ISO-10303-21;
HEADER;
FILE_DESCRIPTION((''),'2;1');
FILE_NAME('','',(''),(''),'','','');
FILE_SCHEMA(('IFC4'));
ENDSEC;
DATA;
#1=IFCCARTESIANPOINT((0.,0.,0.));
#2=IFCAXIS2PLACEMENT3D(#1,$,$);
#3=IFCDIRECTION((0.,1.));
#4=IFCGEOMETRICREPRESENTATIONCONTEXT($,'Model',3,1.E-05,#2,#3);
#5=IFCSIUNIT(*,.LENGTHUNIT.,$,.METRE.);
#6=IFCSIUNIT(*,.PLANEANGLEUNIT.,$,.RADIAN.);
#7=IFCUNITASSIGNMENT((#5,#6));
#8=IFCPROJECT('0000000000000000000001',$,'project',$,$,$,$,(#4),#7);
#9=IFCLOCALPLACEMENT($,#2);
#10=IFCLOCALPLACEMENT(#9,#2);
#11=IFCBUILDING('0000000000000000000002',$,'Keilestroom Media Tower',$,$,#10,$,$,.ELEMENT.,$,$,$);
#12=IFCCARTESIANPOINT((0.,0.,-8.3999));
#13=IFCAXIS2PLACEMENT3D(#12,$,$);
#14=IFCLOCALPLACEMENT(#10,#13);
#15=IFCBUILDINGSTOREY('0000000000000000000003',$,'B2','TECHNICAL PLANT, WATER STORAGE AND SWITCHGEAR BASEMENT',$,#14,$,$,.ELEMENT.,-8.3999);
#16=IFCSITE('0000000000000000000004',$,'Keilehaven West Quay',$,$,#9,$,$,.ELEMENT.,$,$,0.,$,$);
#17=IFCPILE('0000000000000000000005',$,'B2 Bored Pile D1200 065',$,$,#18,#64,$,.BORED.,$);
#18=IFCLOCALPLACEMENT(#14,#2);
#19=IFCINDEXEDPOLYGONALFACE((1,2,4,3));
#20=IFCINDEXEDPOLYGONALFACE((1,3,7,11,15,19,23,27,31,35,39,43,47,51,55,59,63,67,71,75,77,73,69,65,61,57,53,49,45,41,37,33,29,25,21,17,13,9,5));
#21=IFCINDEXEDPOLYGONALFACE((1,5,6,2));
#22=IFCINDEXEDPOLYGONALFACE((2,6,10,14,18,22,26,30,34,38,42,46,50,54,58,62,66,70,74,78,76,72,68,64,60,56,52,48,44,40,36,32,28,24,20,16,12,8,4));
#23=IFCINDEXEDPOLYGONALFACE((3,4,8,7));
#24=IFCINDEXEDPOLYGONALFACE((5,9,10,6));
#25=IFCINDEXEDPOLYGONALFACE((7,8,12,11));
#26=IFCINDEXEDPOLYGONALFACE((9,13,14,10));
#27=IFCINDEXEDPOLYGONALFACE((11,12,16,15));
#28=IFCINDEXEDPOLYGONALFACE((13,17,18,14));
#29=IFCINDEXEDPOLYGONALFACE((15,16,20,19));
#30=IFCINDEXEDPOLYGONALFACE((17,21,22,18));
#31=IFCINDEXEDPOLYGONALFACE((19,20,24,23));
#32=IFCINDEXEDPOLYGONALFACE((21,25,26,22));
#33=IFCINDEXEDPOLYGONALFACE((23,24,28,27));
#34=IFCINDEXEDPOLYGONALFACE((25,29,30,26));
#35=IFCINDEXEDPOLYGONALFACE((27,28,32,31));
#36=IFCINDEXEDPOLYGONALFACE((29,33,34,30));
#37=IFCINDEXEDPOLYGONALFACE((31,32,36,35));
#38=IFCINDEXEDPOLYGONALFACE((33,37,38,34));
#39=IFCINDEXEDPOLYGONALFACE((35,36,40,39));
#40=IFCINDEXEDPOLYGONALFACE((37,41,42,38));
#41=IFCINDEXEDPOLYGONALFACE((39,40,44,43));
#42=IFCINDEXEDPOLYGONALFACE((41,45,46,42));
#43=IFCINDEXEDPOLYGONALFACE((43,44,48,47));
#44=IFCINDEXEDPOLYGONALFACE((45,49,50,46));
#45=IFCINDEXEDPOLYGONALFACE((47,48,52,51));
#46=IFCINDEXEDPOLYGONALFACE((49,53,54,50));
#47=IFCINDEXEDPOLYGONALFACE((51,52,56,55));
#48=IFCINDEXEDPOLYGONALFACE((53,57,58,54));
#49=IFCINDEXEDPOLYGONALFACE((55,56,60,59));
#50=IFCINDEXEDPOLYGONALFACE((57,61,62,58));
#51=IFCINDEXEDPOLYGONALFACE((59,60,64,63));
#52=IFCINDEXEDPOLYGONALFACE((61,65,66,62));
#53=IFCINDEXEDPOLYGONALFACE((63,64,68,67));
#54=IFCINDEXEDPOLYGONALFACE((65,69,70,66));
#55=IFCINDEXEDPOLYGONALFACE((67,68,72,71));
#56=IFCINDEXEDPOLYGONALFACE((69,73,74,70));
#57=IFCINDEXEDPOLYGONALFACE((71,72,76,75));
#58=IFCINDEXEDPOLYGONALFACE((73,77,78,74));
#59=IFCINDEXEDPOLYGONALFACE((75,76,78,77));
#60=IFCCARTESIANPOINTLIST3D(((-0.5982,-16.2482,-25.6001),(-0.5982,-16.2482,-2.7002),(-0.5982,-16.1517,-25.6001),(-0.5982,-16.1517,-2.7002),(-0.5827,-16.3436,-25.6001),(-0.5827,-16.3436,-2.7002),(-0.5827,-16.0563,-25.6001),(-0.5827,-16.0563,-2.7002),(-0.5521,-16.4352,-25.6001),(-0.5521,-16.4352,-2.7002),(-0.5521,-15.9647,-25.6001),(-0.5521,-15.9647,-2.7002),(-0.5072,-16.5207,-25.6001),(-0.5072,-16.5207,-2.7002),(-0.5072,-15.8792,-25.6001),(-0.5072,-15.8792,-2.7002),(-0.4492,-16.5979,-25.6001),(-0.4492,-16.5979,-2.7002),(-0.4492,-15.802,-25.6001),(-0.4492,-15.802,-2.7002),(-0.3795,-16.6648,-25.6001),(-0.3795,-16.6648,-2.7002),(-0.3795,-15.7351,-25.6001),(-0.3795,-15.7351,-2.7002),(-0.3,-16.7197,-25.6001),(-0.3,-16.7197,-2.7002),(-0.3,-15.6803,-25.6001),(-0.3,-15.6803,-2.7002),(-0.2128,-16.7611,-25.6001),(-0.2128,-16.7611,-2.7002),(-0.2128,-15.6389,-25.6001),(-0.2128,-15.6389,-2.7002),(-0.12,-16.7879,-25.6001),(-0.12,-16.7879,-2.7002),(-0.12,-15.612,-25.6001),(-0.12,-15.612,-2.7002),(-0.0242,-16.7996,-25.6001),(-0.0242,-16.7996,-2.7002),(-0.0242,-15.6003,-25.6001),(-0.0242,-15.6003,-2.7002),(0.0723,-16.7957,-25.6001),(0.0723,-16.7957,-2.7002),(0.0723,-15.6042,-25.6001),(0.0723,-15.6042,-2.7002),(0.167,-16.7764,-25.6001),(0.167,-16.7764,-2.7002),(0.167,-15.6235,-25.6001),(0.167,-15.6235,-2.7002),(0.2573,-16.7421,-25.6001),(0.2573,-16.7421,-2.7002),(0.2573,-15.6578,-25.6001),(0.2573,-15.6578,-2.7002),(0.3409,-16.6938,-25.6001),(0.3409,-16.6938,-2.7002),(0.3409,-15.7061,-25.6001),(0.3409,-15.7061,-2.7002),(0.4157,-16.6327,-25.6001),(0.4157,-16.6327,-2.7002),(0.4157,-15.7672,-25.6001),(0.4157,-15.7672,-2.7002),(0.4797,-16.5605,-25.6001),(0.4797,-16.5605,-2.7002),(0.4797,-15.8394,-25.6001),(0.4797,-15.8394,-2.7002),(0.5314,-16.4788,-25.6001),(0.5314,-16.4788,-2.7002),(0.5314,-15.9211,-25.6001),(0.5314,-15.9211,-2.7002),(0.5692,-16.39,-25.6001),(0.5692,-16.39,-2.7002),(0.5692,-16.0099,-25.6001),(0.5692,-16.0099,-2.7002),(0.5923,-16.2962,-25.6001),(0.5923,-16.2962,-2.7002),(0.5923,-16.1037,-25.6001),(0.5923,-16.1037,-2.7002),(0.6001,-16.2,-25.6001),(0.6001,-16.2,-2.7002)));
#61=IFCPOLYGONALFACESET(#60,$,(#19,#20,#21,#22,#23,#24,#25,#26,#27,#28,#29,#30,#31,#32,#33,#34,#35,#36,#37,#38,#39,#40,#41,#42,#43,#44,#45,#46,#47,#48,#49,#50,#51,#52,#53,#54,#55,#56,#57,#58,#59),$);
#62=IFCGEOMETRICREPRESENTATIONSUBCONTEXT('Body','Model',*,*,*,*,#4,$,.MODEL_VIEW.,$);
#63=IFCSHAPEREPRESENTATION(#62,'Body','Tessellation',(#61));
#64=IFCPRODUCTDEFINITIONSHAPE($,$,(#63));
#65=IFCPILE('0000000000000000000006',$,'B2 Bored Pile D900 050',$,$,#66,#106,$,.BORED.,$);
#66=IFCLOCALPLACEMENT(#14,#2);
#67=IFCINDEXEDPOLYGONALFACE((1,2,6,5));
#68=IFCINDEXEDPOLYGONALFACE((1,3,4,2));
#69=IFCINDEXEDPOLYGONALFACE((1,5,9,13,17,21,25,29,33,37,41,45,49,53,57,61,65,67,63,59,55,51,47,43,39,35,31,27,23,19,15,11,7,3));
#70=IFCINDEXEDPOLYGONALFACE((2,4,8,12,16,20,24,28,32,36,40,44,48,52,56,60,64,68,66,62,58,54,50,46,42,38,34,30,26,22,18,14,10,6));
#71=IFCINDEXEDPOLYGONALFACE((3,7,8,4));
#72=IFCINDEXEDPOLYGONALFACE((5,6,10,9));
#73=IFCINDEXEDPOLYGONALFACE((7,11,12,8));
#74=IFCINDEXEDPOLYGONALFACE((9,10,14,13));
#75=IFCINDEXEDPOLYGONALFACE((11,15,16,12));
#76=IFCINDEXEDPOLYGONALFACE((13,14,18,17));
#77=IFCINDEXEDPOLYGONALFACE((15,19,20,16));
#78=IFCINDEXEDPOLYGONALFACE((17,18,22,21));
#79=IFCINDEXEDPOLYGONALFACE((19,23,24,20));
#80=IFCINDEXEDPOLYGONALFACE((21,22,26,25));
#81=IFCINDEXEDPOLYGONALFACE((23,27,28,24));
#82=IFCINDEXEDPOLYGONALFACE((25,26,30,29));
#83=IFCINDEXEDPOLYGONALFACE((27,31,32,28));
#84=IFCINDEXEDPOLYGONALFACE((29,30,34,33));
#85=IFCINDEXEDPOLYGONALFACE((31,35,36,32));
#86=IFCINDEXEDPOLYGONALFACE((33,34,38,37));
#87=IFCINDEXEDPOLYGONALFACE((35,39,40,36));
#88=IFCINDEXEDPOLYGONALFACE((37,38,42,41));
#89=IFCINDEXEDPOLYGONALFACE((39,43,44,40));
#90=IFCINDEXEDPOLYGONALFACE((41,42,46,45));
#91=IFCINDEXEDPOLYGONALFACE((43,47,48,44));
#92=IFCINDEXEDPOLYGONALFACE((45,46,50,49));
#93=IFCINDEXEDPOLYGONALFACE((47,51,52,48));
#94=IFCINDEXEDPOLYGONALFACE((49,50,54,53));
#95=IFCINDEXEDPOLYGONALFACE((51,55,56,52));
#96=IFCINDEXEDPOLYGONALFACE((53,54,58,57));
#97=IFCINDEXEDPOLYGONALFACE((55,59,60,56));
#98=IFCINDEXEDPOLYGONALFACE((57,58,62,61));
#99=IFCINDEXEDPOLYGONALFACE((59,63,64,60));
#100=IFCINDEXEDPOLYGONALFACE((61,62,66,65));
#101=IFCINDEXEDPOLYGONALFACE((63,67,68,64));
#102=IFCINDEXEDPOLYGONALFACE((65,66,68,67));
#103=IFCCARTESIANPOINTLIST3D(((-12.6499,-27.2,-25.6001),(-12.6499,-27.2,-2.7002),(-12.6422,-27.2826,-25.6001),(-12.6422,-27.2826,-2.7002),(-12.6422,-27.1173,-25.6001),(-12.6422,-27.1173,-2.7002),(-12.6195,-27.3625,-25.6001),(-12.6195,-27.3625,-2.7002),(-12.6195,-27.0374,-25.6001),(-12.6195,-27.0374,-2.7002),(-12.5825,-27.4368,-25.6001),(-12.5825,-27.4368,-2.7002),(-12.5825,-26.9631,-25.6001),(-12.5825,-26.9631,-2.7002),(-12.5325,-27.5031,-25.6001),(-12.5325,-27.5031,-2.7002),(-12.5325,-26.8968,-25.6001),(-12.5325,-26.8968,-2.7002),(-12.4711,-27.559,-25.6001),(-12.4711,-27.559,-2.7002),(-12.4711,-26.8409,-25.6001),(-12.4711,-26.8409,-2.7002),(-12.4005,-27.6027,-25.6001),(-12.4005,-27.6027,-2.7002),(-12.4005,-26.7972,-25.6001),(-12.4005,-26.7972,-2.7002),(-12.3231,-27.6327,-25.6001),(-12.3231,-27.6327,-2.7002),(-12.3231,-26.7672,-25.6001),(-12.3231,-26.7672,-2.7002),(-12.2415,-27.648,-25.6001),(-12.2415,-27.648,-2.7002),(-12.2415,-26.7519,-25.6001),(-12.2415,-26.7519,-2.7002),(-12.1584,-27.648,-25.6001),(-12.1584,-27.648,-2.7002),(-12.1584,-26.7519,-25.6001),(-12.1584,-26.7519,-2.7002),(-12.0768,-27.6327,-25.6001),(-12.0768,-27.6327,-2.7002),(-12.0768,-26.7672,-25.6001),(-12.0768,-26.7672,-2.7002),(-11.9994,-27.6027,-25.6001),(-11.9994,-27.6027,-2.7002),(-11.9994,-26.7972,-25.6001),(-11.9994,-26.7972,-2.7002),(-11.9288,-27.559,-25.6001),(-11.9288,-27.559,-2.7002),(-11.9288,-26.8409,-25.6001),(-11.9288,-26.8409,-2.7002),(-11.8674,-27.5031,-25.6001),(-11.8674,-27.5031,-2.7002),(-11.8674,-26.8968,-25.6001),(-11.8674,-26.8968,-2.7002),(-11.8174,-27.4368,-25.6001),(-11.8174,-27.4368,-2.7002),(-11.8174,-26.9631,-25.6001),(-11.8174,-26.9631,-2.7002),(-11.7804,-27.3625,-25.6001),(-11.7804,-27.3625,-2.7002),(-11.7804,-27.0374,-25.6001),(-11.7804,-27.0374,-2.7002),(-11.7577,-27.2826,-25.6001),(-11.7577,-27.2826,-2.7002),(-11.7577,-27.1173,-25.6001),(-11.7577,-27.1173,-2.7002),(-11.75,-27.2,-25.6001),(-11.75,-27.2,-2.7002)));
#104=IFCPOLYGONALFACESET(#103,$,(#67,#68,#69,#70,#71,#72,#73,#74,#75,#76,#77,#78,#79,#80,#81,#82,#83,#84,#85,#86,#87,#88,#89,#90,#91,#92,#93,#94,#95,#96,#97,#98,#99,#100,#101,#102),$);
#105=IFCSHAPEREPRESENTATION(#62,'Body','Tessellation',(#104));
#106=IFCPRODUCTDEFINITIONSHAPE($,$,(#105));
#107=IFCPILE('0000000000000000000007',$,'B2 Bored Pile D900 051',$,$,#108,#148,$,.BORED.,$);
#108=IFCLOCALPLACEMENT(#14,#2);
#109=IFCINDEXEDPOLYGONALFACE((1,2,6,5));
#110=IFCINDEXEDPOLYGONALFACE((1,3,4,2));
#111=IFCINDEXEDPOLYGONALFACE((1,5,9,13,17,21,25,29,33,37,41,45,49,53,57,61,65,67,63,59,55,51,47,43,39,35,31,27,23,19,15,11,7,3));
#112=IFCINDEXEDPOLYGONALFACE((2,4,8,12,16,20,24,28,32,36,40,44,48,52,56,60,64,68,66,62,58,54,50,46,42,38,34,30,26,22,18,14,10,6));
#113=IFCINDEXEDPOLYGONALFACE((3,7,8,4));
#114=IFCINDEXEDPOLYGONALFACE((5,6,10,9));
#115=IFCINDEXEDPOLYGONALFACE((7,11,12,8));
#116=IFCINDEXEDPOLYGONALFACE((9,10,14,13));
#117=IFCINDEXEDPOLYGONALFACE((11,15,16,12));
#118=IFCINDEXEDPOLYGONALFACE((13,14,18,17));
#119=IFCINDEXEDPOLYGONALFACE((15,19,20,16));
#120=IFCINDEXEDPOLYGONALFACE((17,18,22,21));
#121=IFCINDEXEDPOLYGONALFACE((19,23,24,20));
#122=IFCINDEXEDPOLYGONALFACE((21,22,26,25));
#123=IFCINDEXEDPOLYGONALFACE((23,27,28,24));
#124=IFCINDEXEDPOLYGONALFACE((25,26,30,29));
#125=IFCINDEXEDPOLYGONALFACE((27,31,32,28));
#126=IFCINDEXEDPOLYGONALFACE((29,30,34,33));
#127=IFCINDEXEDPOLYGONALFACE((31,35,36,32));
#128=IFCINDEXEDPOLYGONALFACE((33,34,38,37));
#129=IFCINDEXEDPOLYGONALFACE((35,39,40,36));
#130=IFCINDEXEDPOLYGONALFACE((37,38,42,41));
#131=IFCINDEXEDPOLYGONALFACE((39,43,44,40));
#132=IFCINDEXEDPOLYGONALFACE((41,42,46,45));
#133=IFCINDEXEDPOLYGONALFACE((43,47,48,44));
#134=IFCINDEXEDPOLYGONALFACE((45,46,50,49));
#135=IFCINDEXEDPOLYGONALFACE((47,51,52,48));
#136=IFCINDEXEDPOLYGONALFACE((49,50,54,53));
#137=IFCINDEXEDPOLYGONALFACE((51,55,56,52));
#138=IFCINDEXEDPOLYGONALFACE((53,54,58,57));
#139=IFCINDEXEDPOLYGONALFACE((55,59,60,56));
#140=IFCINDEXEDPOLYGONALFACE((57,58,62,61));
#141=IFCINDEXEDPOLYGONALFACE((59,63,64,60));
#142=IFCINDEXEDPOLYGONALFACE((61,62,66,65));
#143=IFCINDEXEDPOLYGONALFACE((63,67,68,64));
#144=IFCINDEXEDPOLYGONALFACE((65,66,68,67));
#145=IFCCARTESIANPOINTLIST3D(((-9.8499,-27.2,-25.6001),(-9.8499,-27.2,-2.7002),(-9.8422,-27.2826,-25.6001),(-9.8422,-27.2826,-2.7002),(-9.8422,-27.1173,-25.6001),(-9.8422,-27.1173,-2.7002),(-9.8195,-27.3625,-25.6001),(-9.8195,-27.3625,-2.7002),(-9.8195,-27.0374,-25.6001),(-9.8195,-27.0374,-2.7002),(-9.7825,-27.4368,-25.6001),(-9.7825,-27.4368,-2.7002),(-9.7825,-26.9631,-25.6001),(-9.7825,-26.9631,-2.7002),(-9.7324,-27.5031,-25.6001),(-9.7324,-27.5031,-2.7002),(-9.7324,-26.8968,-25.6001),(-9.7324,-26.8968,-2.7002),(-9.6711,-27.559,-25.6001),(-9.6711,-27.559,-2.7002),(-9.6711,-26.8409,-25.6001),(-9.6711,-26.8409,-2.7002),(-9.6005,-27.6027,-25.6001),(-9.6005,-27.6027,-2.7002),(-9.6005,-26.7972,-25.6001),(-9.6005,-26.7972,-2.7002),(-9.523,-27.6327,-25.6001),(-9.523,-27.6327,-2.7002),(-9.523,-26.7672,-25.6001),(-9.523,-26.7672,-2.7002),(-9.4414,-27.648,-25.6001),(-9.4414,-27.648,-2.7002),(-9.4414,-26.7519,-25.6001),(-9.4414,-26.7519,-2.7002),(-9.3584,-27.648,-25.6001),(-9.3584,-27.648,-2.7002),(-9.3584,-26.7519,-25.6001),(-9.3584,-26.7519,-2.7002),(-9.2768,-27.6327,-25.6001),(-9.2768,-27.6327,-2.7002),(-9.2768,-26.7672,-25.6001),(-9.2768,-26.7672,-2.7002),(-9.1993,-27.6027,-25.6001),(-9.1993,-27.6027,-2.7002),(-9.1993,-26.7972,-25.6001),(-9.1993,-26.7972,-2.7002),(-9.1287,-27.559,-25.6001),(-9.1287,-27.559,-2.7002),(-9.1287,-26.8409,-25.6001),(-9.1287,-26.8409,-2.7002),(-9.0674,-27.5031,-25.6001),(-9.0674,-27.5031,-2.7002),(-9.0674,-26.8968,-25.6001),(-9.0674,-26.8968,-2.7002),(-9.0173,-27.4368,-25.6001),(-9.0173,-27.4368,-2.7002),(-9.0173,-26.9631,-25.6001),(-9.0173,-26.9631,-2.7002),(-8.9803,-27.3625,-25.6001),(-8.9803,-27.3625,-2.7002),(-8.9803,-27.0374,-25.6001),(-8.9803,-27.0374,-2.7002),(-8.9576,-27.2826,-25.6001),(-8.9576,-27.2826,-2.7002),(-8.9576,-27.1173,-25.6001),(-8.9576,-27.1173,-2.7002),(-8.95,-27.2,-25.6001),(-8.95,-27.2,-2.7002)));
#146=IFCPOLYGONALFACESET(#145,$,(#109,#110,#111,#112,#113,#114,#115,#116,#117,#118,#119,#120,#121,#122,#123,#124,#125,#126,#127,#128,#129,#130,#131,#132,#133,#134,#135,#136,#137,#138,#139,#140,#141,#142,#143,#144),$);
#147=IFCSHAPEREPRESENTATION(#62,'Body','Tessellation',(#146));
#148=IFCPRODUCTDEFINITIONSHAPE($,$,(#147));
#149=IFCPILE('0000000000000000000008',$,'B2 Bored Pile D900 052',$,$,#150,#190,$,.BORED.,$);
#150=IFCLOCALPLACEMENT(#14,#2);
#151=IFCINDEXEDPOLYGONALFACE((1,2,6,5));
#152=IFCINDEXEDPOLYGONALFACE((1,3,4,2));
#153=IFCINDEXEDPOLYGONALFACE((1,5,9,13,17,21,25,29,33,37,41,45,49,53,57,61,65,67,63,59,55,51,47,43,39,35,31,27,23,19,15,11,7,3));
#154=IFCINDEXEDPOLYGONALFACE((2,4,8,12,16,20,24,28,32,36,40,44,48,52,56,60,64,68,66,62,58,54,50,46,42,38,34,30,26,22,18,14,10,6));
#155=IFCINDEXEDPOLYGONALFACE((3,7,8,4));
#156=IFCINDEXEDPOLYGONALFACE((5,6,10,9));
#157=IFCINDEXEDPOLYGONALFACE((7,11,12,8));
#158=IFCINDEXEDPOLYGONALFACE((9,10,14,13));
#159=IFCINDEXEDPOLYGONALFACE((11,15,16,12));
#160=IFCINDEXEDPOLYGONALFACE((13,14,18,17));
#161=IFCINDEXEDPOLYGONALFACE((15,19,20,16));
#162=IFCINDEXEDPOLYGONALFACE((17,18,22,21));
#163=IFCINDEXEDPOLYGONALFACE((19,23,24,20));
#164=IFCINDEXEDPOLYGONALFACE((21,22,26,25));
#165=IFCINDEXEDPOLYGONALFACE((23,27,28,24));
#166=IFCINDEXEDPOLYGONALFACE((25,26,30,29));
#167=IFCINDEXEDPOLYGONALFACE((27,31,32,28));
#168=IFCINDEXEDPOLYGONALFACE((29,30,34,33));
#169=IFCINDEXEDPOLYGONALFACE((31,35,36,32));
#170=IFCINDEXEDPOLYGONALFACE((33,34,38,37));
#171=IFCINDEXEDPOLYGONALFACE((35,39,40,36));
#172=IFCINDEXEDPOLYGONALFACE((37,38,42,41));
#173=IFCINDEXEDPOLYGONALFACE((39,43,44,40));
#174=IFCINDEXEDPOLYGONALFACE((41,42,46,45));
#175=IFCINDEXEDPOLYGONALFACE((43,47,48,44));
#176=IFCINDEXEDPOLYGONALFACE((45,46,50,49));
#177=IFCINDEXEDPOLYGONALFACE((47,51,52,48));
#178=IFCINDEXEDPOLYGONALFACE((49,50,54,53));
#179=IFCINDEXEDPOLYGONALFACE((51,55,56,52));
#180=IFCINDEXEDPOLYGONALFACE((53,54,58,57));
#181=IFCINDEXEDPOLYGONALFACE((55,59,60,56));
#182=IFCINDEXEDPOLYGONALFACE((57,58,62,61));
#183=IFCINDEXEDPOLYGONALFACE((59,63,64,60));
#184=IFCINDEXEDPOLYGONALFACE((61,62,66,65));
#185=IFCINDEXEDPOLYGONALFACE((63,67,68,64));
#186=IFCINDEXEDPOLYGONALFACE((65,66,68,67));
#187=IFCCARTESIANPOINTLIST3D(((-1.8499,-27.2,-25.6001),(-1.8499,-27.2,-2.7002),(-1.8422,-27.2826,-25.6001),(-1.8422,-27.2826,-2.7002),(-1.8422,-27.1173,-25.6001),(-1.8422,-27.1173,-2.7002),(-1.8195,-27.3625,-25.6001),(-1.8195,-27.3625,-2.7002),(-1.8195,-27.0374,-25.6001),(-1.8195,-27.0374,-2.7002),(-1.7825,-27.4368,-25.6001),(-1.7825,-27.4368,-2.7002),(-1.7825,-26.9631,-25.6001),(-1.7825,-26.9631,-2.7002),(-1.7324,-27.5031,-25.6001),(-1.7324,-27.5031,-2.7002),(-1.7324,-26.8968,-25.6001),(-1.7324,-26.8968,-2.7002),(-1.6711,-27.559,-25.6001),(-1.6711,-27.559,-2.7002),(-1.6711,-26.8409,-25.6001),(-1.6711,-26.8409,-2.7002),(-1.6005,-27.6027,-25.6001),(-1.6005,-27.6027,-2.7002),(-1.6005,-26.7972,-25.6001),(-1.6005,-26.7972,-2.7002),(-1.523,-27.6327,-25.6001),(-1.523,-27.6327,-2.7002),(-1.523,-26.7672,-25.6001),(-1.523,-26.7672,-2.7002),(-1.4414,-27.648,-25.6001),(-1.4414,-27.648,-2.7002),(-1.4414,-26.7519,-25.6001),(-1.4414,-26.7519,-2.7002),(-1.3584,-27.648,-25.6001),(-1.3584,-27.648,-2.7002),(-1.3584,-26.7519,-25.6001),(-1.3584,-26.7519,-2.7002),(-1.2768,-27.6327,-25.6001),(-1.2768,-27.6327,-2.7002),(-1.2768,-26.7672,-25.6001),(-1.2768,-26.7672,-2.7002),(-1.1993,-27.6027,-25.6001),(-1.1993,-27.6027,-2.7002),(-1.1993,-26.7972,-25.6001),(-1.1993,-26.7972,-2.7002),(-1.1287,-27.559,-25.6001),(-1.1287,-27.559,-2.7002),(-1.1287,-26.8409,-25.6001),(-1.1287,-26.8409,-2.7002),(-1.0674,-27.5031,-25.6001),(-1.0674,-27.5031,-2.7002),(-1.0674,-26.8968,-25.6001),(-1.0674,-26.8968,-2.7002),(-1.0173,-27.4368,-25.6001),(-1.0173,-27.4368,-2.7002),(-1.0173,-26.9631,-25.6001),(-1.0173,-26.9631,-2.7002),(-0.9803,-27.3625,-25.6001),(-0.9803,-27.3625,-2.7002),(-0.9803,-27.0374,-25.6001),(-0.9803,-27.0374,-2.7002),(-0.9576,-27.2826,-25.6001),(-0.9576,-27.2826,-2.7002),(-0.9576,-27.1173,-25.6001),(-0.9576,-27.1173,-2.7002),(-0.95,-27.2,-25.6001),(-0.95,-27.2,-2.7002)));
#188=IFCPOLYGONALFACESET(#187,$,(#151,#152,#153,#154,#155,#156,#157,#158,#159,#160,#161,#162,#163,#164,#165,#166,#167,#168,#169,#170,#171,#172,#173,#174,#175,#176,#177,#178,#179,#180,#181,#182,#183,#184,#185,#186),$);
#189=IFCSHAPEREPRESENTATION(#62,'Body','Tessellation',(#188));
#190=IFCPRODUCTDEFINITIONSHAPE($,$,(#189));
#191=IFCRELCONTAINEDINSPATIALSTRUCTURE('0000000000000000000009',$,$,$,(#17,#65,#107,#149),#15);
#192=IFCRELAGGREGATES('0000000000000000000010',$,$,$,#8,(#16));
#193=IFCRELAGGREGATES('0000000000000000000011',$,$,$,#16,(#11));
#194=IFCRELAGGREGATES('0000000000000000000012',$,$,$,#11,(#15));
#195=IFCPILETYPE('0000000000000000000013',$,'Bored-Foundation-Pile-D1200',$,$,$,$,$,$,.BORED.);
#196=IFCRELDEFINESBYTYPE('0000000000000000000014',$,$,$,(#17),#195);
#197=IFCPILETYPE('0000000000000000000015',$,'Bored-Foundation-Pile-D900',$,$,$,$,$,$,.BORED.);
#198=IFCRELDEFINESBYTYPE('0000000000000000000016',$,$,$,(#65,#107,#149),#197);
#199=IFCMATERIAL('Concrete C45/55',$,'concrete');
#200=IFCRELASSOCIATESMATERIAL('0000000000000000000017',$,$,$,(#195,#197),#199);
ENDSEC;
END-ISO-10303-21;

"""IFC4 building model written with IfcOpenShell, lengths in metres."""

from ifc_helpers import new_model, si_unit, direction, frame, origin, origin_2d, place, context, subcontext, project, spatial, circle, extrude, source, transform, mapped, material, material_profile, profile_set, type_object, element, save


model = new_model("IFC4")

# Units and contexts
model_context = context("Model", 3, precision=1e-05, world=origin(), true_north=direction((0.0, 1.0)))
body_context = subcontext(model_context, "Body", "Model", "MODEL_VIEW")
ifc_project = project(units=[si_unit("LENGTHUNIT", "METRE"), si_unit("PLANEANGLEUNIT", "RADIAN")], contexts=[model_context])

# Site, building, storey
site_placement = place(None, origin())
site = spatial("IfcSite", under=ifc_project, at=site_placement, Name="Keilehaven West Quay", CompositionType="ELEMENT", RefElevation=0.0)
building_placement = place(site_placement, origin())
building = spatial("IfcBuilding", under=site, at=building_placement, Name="Keilestroom Media Tower", CompositionType="ELEMENT")
storey_placement = place(building_placement, frame((0.0, 0.0, -8.3999)))
storey = spatial("IfcBuildingStorey", under=building, at=storey_placement, Name="B2", Description="TECHNICAL PLANT, WATER STORAGE AND SWITCHGEAR BASEMENT", CompositionType="ELEMENT", Elevation=-8.3999)

# Piles
ifc_material_1 = material(Name="Concrete C45/55", Category="concrete")
ifc_material_profile_1 = material_profile(ifc_material_1, circle(Radius=0.6001, at=origin_2d()), Name="BORED PILE D1200")
ifc_profile_set_1 = profile_set([ifc_material_profile_1], Name="Concrete C45/55")
pile_type_1 = type_object("IfcPileType", Name="Bored-Foundation-Pile-D1200", PredefinedType="BORED", material=ifc_profile_set_1)
shared_shape_1 = source(origin(), body_context, "Body", "SweptSolid", [
    extrude(circle(Radius=0.6001, at=origin_2d()), origin(), (0.0, 0.0, 1.0), 22.8999),
])
for number, where, z_axis, x_axis, name in (
    (1, (0.0, -16.2, -2.7002), (0.0, 0.0, -1.0), (1.0, 0.0, 0.0), "B2 Bored Pile D1200 065"),
):
    element("IfcPile", number, at=place(storey_placement, frame(where, z_axis=z_axis, x_axis=x_axis)), inside=storey, type_object=pile_type_1, Name=name, PredefinedType="BORED", context=body_context, shape_type="MappedRepresentation", body=[
        mapped(shared_shape_1, transform((0.0, 0.0, 0.0), x_axis=(1.0, 0.0, 0.0), y_axis=(0.0, 1.0, 0.0), z_axis=(0.0, 0.0, 1.0), scale=1.0)),
    ])
ifc_material_profile_2 = material_profile(ifc_material_1, circle(Radius=0.45, at=origin_2d()), Name="BORED PILE D900")
ifc_profile_set_2 = profile_set([ifc_material_profile_2], Name="Concrete C45/55")
pile_type_2 = type_object("IfcPileType", Name="Bored-Foundation-Pile-D900", PredefinedType="BORED", material=ifc_profile_set_2)
shared_shape_2 = source(origin(), body_context, "Body", "SweptSolid", [
    extrude(circle(Radius=0.45, at=origin_2d()), origin(), (0.0, 0.0, 1.0), 22.8999),
])
for number, where, z_axis, x_axis, name in (
    (2, (-12.2, -27.2, -2.7002), (0.0, 0.0, -1.0), (1.0, 0.0, 0.0), "B2 Bored Pile D900 050"),
    (3, (-9.3999, -27.2, -2.7002), (0.0, 0.0, -1.0), (1.0, 0.0, 0.0), "B2 Bored Pile D900 051"),
    (4, (-1.3999, -27.2, -2.7002), (0.0, 0.0, -1.0), (1.0, 0.0, 0.0), "B2 Bored Pile D900 052"),
):
    element("IfcPile", number, at=place(storey_placement, frame(where, z_axis=z_axis, x_axis=x_axis)), inside=storey, type_object=pile_type_2, Name=name, PredefinedType="BORED", context=body_context, shape_type="MappedRepresentation", body=[
        mapped(shared_shape_2, transform((0.0, 0.0, 0.0), x_axis=(1.0, 0.0, 0.0), y_axis=(0.0, 1.0, 0.0), z_axis=(0.0, 0.0, 1.0), scale=1.0)),
    ])

save(model, "model.ifc")
